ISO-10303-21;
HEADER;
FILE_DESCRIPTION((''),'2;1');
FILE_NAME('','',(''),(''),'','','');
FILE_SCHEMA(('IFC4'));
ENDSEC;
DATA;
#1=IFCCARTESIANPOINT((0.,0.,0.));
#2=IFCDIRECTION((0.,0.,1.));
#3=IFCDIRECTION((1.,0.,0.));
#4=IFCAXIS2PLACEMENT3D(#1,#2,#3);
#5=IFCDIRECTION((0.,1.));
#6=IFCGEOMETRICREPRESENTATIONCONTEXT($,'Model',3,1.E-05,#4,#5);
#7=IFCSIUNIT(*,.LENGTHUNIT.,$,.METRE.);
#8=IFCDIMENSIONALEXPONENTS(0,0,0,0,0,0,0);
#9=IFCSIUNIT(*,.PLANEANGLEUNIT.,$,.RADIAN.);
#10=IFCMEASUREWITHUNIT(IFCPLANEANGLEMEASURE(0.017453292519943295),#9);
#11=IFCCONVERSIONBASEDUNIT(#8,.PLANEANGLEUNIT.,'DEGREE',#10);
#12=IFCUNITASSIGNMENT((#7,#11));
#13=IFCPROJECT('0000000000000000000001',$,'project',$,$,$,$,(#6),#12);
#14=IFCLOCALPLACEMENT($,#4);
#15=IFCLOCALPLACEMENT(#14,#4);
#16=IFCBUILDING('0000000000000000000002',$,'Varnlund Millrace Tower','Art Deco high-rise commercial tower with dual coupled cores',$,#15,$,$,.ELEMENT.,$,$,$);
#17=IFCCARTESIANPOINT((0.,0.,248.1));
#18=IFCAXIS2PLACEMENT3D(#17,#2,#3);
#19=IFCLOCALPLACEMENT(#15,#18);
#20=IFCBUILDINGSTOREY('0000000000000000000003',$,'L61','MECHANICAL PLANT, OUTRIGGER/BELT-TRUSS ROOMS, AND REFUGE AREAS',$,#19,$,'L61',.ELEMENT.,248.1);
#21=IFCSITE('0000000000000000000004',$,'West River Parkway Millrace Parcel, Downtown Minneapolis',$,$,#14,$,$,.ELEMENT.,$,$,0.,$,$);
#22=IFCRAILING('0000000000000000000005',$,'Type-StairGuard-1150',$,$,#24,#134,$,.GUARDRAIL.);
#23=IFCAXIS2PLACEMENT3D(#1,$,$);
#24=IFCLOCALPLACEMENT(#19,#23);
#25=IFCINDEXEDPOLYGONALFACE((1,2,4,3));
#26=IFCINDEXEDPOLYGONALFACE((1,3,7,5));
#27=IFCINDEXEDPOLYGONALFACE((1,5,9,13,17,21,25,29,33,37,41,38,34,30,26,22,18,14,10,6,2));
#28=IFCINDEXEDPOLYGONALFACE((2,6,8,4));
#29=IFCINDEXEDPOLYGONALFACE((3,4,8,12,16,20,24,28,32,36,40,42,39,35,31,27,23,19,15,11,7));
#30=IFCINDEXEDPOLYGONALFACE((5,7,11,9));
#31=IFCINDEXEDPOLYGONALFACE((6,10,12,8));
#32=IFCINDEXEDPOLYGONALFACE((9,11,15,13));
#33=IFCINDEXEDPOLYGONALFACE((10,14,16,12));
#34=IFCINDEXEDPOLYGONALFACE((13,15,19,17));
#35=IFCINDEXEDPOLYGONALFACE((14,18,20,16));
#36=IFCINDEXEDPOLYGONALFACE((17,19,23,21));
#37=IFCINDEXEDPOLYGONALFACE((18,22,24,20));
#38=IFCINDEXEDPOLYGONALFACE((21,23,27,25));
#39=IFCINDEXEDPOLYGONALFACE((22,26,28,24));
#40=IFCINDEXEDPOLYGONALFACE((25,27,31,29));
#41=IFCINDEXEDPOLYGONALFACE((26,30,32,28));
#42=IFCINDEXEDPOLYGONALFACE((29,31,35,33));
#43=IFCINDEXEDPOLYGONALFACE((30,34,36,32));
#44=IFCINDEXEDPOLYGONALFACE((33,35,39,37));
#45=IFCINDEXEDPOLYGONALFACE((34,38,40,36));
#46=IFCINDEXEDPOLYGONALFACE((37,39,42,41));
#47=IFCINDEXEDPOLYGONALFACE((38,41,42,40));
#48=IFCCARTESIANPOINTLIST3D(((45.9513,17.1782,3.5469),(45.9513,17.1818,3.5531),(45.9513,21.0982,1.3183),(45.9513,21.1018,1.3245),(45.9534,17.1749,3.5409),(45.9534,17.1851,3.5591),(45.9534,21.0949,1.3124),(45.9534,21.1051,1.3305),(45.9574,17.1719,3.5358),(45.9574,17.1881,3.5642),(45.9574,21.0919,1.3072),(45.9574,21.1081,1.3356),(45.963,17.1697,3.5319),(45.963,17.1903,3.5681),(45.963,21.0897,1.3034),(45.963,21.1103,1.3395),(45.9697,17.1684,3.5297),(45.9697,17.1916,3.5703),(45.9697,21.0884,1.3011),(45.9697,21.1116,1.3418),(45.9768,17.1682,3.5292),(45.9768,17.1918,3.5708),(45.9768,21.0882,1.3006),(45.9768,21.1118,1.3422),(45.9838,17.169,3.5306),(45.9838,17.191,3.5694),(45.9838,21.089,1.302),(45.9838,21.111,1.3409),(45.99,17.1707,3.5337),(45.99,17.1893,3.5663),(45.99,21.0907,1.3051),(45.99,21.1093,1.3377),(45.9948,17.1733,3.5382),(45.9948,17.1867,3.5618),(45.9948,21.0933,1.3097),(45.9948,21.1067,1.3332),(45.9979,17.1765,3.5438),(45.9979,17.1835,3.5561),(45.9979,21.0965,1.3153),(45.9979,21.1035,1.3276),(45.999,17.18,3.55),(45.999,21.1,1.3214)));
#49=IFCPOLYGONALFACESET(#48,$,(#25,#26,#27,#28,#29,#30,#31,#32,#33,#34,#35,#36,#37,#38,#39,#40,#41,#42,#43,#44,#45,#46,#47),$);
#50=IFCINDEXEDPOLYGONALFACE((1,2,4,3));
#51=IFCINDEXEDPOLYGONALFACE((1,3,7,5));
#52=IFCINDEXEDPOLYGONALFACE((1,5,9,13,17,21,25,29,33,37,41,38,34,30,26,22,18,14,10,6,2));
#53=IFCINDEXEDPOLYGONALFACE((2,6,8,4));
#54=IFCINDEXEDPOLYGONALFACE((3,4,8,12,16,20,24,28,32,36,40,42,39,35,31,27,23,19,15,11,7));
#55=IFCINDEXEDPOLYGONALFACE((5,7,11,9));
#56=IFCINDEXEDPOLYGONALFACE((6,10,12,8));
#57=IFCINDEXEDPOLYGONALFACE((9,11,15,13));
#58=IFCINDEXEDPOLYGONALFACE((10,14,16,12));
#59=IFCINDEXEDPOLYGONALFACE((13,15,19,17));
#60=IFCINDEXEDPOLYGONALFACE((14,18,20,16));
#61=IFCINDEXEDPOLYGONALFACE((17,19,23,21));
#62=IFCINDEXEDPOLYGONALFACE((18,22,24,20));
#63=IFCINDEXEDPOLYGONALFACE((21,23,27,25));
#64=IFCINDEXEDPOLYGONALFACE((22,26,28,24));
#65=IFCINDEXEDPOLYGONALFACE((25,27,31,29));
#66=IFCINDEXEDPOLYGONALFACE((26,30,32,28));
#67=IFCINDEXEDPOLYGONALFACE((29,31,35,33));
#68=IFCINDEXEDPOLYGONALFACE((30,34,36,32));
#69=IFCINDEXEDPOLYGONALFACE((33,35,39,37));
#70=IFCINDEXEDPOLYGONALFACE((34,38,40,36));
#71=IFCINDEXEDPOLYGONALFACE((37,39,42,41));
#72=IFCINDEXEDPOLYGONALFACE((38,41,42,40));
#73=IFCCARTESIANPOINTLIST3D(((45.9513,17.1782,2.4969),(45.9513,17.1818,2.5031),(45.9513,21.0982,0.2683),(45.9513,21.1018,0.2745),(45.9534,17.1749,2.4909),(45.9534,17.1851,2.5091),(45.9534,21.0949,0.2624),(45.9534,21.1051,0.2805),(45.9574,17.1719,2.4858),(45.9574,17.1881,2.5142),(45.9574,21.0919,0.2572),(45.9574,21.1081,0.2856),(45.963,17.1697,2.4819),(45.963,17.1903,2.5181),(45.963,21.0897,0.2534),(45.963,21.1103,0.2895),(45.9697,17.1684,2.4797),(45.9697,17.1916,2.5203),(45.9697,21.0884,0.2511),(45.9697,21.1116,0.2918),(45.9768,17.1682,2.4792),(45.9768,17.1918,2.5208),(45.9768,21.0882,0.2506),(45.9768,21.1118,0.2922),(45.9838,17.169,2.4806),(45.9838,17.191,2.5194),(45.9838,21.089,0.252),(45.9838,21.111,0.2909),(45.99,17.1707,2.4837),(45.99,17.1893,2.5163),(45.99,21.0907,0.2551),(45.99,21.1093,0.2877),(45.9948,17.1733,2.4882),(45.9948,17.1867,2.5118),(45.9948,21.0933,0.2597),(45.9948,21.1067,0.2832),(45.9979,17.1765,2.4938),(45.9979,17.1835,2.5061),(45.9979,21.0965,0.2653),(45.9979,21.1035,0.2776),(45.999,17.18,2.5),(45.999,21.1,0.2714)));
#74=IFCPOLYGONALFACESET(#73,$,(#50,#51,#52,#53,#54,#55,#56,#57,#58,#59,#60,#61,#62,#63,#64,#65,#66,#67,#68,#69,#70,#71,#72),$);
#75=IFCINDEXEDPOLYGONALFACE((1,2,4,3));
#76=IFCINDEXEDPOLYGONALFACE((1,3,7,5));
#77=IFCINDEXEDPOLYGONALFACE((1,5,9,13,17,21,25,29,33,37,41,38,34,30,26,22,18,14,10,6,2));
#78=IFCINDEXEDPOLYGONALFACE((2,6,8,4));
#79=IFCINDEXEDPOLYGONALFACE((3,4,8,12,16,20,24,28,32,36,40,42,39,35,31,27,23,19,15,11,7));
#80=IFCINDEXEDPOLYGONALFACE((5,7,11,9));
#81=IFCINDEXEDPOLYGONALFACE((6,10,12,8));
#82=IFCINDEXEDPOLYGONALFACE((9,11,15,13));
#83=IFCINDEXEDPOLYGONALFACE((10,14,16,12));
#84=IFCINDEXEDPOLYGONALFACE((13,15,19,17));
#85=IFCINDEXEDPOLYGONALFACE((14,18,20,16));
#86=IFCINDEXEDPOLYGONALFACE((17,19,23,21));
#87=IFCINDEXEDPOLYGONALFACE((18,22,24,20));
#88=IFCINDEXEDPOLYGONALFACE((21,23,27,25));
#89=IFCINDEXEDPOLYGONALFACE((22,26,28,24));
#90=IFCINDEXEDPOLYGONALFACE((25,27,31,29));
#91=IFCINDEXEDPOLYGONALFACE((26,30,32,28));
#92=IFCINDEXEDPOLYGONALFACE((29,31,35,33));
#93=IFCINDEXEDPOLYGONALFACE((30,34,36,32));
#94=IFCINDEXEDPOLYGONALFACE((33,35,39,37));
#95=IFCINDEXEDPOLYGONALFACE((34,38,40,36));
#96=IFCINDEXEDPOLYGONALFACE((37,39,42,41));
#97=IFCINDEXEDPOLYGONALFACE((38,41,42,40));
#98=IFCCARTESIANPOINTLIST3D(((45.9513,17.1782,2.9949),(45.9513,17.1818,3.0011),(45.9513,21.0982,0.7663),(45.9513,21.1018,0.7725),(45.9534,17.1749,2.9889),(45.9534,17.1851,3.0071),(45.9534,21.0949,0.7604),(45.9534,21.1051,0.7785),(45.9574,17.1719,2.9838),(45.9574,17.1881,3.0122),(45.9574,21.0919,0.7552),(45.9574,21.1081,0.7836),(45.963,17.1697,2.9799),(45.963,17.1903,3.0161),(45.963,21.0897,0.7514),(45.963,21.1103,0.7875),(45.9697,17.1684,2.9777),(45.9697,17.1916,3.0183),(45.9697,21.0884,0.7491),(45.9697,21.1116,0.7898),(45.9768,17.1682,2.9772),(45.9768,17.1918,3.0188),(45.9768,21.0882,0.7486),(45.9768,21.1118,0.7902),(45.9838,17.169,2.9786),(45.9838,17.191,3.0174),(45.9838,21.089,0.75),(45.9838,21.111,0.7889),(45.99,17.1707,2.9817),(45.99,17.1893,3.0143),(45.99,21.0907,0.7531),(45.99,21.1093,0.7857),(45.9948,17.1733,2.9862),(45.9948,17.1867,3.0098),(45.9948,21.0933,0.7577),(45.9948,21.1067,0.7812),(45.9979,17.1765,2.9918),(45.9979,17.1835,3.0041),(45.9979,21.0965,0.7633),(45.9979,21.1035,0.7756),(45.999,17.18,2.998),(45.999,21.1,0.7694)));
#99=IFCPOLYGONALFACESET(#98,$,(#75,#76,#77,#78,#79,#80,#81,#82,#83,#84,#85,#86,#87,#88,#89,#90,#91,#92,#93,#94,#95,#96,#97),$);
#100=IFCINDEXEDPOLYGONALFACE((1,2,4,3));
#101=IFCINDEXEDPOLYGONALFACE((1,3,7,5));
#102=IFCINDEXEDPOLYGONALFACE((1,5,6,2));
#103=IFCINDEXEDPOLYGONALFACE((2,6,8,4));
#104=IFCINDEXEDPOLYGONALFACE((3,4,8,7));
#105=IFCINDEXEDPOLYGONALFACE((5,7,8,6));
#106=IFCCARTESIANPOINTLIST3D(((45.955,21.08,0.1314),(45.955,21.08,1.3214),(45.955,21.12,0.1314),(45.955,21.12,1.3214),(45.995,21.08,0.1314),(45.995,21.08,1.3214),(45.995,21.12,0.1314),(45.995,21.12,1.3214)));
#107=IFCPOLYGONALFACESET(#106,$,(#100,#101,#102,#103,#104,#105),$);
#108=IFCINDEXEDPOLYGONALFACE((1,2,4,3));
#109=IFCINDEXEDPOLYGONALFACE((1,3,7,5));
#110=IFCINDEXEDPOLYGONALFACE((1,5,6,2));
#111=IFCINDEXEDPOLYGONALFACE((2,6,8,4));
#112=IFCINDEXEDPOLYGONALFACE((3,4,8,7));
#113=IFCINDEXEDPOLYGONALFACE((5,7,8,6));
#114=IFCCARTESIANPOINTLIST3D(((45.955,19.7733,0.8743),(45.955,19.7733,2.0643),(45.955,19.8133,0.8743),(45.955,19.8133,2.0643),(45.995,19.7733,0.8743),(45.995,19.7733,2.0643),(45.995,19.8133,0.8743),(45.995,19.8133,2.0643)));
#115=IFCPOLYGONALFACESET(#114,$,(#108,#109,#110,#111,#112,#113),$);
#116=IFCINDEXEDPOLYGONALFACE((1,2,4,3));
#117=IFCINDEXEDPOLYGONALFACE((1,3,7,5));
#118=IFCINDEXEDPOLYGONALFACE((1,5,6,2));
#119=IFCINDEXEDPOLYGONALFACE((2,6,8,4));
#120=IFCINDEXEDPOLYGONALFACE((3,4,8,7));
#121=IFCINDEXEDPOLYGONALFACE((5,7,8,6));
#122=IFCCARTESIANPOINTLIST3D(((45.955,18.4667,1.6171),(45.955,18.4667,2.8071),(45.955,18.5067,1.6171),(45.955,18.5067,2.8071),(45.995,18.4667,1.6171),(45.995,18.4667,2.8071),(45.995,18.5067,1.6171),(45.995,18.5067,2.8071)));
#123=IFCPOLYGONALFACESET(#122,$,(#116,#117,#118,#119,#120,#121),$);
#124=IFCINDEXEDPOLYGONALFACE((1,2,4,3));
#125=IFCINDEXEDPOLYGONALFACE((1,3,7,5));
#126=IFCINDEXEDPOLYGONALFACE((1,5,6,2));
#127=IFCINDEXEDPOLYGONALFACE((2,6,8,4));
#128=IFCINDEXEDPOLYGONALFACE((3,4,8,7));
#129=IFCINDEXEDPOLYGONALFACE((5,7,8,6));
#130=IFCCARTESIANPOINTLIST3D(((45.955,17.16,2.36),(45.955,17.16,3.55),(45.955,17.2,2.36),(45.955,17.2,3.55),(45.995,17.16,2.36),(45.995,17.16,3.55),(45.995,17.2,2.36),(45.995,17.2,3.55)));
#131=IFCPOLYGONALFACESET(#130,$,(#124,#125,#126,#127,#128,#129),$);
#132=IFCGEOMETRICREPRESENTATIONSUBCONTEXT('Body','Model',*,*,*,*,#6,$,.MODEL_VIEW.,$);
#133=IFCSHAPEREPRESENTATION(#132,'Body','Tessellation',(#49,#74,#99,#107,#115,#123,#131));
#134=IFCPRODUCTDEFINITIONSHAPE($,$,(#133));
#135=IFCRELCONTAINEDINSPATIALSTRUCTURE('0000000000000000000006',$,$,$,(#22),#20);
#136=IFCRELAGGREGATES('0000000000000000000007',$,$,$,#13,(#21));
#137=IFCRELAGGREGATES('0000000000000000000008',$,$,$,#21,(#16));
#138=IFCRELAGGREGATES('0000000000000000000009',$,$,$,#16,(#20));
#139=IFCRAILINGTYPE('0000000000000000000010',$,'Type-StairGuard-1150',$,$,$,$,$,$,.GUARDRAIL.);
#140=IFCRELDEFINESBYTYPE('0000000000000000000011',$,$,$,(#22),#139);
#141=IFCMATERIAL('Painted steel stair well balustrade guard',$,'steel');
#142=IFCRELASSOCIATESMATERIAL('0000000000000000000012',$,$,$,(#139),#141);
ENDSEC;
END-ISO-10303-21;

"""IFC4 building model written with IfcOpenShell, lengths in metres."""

from ifc_helpers import new_model, entity, si_unit, converted_unit, direction, frame, origin_with_axes, origin_2d_with_axis, place, context, subcontext, project, spatial, rectangle, circle, extrude, material, type_object, element, save


model = new_model("IFC4")

# Units and contexts
model_context = context("Model", 3, precision=1e-05, world=origin_with_axes(), true_north=direction((0.0, 1.0)))
body_context = subcontext(model_context, "Body", "Model", "MODEL_VIEW")
ifc_project = project(units=[si_unit("LENGTHUNIT", "METRE"), converted_unit("PLANEANGLEUNIT", "DEGREE", entity("IfcPlaneAngleMeasure", 0.017453292519943295), si_unit("PLANEANGLEUNIT", "RADIAN"), dimensions=[0, 0, 0, 0, 0, 0, 0])], contexts=[model_context])

# Site, building, storey
site_placement = place(None, origin_with_axes())
site = spatial("IfcSite", under=ifc_project, at=site_placement, Name="West River Parkway Millrace Parcel, Downtown Minneapolis", CompositionType="ELEMENT", RefElevation=0.0)
building_placement = place(site_placement, origin_with_axes())
building = spatial("IfcBuilding", under=site, at=building_placement, Name="Varnlund Millrace Tower", Description="Art Deco high-rise commercial tower with dual coupled cores", CompositionType="ELEMENT")
storey_placement = place(building_placement, frame((0.0, 0.0, 248.1), z_axis=(0.0, 0.0, 1.0), x_axis=(1.0, 0.0, 0.0)))
storey = spatial("IfcBuildingStorey", under=building, at=storey_placement, Name="L61", Description="MECHANICAL PLANT, OUTRIGGER/BELT-TRUSS ROOMS, AND REFUGE AREAS", LongName="L61", CompositionType="ELEMENT", Elevation=248.1)

# Railing
ifc_material_1 = material(Name="Painted steel stair well balustrade guard", Category="steel")
railing_type_1 = type_object("IfcRailingType", Name="Type-StairGuard-1150", PredefinedType="GUARDRAIL", material=ifc_material_1)
railing_1_placement = place(storey_placement, frame((0.0, 0.0, -248.1), z_axis=(0.0, 0.0, 1.0), x_axis=(1.0, 0.0, 0.0)))
element("IfcRailing", 1, at=railing_1_placement, inside=storey, type_object=railing_type_1, Name="Type-StairGuard-1150", PredefinedType="GUARDRAIL", context=body_context, shape_type="SweptSolid", body=[
    extrude(circle(Radius=0.024, at=origin_2d_with_axis()), frame((45.975, 21.1, 249.4214), z_axis=(0.0, -0.869333, 0.494227), x_axis=(1.0, 0.0, 0.0)), (0.0, 0.0, 1.0), 4.5092),
    extrude(circle(Radius=0.024, at=origin_2d_with_axis()), frame((45.975, 21.1, 248.3714), z_axis=(0.0, -0.869333, 0.494227), x_axis=(1.0, 0.0, 0.0)), (0.0, 0.0, 1.0), 4.5092),
    extrude(circle(Radius=0.024, at=origin_2d_with_axis()), frame((45.975, 21.1, 248.8694), z_axis=(0.0, -0.869333, 0.494227), x_axis=(1.0, 0.0, 0.0)), (0.0, 0.0, 1.0), 4.5092),
    extrude(rectangle(XDim=0.04, YDim=0.04, at=origin_2d_with_axis()), frame((45.975, 21.1, 248.2314), z_axis=(0.0, 0.0, 1.0), x_axis=(1.0, 0.0, 0.0)), (0.0, 0.0, 1.0), 1.19),
    extrude(rectangle(XDim=0.04, YDim=0.04, at=origin_2d_with_axis()), frame((45.975, 19.7933, 248.9743), z_axis=(0.0, 0.0, 1.0), x_axis=(1.0, 0.0, 0.0)), (0.0, 0.0, 1.0), 1.19),
    extrude(rectangle(XDim=0.04, YDim=0.04, at=origin_2d_with_axis()), frame((45.975, 18.4867, 249.7171), z_axis=(0.0, 0.0, 1.0), x_axis=(1.0, 0.0, 0.0)), (0.0, 0.0, 1.0), 1.19),
    extrude(rectangle(XDim=0.04, YDim=0.04, at=origin_2d_with_axis()), frame((45.975, 17.18, 250.46), z_axis=(0.0, 0.0, 1.0), x_axis=(1.0, 0.0, 0.0)), (0.0, 0.0, 1.0), 1.19),
])

save(model, "model.ifc")
